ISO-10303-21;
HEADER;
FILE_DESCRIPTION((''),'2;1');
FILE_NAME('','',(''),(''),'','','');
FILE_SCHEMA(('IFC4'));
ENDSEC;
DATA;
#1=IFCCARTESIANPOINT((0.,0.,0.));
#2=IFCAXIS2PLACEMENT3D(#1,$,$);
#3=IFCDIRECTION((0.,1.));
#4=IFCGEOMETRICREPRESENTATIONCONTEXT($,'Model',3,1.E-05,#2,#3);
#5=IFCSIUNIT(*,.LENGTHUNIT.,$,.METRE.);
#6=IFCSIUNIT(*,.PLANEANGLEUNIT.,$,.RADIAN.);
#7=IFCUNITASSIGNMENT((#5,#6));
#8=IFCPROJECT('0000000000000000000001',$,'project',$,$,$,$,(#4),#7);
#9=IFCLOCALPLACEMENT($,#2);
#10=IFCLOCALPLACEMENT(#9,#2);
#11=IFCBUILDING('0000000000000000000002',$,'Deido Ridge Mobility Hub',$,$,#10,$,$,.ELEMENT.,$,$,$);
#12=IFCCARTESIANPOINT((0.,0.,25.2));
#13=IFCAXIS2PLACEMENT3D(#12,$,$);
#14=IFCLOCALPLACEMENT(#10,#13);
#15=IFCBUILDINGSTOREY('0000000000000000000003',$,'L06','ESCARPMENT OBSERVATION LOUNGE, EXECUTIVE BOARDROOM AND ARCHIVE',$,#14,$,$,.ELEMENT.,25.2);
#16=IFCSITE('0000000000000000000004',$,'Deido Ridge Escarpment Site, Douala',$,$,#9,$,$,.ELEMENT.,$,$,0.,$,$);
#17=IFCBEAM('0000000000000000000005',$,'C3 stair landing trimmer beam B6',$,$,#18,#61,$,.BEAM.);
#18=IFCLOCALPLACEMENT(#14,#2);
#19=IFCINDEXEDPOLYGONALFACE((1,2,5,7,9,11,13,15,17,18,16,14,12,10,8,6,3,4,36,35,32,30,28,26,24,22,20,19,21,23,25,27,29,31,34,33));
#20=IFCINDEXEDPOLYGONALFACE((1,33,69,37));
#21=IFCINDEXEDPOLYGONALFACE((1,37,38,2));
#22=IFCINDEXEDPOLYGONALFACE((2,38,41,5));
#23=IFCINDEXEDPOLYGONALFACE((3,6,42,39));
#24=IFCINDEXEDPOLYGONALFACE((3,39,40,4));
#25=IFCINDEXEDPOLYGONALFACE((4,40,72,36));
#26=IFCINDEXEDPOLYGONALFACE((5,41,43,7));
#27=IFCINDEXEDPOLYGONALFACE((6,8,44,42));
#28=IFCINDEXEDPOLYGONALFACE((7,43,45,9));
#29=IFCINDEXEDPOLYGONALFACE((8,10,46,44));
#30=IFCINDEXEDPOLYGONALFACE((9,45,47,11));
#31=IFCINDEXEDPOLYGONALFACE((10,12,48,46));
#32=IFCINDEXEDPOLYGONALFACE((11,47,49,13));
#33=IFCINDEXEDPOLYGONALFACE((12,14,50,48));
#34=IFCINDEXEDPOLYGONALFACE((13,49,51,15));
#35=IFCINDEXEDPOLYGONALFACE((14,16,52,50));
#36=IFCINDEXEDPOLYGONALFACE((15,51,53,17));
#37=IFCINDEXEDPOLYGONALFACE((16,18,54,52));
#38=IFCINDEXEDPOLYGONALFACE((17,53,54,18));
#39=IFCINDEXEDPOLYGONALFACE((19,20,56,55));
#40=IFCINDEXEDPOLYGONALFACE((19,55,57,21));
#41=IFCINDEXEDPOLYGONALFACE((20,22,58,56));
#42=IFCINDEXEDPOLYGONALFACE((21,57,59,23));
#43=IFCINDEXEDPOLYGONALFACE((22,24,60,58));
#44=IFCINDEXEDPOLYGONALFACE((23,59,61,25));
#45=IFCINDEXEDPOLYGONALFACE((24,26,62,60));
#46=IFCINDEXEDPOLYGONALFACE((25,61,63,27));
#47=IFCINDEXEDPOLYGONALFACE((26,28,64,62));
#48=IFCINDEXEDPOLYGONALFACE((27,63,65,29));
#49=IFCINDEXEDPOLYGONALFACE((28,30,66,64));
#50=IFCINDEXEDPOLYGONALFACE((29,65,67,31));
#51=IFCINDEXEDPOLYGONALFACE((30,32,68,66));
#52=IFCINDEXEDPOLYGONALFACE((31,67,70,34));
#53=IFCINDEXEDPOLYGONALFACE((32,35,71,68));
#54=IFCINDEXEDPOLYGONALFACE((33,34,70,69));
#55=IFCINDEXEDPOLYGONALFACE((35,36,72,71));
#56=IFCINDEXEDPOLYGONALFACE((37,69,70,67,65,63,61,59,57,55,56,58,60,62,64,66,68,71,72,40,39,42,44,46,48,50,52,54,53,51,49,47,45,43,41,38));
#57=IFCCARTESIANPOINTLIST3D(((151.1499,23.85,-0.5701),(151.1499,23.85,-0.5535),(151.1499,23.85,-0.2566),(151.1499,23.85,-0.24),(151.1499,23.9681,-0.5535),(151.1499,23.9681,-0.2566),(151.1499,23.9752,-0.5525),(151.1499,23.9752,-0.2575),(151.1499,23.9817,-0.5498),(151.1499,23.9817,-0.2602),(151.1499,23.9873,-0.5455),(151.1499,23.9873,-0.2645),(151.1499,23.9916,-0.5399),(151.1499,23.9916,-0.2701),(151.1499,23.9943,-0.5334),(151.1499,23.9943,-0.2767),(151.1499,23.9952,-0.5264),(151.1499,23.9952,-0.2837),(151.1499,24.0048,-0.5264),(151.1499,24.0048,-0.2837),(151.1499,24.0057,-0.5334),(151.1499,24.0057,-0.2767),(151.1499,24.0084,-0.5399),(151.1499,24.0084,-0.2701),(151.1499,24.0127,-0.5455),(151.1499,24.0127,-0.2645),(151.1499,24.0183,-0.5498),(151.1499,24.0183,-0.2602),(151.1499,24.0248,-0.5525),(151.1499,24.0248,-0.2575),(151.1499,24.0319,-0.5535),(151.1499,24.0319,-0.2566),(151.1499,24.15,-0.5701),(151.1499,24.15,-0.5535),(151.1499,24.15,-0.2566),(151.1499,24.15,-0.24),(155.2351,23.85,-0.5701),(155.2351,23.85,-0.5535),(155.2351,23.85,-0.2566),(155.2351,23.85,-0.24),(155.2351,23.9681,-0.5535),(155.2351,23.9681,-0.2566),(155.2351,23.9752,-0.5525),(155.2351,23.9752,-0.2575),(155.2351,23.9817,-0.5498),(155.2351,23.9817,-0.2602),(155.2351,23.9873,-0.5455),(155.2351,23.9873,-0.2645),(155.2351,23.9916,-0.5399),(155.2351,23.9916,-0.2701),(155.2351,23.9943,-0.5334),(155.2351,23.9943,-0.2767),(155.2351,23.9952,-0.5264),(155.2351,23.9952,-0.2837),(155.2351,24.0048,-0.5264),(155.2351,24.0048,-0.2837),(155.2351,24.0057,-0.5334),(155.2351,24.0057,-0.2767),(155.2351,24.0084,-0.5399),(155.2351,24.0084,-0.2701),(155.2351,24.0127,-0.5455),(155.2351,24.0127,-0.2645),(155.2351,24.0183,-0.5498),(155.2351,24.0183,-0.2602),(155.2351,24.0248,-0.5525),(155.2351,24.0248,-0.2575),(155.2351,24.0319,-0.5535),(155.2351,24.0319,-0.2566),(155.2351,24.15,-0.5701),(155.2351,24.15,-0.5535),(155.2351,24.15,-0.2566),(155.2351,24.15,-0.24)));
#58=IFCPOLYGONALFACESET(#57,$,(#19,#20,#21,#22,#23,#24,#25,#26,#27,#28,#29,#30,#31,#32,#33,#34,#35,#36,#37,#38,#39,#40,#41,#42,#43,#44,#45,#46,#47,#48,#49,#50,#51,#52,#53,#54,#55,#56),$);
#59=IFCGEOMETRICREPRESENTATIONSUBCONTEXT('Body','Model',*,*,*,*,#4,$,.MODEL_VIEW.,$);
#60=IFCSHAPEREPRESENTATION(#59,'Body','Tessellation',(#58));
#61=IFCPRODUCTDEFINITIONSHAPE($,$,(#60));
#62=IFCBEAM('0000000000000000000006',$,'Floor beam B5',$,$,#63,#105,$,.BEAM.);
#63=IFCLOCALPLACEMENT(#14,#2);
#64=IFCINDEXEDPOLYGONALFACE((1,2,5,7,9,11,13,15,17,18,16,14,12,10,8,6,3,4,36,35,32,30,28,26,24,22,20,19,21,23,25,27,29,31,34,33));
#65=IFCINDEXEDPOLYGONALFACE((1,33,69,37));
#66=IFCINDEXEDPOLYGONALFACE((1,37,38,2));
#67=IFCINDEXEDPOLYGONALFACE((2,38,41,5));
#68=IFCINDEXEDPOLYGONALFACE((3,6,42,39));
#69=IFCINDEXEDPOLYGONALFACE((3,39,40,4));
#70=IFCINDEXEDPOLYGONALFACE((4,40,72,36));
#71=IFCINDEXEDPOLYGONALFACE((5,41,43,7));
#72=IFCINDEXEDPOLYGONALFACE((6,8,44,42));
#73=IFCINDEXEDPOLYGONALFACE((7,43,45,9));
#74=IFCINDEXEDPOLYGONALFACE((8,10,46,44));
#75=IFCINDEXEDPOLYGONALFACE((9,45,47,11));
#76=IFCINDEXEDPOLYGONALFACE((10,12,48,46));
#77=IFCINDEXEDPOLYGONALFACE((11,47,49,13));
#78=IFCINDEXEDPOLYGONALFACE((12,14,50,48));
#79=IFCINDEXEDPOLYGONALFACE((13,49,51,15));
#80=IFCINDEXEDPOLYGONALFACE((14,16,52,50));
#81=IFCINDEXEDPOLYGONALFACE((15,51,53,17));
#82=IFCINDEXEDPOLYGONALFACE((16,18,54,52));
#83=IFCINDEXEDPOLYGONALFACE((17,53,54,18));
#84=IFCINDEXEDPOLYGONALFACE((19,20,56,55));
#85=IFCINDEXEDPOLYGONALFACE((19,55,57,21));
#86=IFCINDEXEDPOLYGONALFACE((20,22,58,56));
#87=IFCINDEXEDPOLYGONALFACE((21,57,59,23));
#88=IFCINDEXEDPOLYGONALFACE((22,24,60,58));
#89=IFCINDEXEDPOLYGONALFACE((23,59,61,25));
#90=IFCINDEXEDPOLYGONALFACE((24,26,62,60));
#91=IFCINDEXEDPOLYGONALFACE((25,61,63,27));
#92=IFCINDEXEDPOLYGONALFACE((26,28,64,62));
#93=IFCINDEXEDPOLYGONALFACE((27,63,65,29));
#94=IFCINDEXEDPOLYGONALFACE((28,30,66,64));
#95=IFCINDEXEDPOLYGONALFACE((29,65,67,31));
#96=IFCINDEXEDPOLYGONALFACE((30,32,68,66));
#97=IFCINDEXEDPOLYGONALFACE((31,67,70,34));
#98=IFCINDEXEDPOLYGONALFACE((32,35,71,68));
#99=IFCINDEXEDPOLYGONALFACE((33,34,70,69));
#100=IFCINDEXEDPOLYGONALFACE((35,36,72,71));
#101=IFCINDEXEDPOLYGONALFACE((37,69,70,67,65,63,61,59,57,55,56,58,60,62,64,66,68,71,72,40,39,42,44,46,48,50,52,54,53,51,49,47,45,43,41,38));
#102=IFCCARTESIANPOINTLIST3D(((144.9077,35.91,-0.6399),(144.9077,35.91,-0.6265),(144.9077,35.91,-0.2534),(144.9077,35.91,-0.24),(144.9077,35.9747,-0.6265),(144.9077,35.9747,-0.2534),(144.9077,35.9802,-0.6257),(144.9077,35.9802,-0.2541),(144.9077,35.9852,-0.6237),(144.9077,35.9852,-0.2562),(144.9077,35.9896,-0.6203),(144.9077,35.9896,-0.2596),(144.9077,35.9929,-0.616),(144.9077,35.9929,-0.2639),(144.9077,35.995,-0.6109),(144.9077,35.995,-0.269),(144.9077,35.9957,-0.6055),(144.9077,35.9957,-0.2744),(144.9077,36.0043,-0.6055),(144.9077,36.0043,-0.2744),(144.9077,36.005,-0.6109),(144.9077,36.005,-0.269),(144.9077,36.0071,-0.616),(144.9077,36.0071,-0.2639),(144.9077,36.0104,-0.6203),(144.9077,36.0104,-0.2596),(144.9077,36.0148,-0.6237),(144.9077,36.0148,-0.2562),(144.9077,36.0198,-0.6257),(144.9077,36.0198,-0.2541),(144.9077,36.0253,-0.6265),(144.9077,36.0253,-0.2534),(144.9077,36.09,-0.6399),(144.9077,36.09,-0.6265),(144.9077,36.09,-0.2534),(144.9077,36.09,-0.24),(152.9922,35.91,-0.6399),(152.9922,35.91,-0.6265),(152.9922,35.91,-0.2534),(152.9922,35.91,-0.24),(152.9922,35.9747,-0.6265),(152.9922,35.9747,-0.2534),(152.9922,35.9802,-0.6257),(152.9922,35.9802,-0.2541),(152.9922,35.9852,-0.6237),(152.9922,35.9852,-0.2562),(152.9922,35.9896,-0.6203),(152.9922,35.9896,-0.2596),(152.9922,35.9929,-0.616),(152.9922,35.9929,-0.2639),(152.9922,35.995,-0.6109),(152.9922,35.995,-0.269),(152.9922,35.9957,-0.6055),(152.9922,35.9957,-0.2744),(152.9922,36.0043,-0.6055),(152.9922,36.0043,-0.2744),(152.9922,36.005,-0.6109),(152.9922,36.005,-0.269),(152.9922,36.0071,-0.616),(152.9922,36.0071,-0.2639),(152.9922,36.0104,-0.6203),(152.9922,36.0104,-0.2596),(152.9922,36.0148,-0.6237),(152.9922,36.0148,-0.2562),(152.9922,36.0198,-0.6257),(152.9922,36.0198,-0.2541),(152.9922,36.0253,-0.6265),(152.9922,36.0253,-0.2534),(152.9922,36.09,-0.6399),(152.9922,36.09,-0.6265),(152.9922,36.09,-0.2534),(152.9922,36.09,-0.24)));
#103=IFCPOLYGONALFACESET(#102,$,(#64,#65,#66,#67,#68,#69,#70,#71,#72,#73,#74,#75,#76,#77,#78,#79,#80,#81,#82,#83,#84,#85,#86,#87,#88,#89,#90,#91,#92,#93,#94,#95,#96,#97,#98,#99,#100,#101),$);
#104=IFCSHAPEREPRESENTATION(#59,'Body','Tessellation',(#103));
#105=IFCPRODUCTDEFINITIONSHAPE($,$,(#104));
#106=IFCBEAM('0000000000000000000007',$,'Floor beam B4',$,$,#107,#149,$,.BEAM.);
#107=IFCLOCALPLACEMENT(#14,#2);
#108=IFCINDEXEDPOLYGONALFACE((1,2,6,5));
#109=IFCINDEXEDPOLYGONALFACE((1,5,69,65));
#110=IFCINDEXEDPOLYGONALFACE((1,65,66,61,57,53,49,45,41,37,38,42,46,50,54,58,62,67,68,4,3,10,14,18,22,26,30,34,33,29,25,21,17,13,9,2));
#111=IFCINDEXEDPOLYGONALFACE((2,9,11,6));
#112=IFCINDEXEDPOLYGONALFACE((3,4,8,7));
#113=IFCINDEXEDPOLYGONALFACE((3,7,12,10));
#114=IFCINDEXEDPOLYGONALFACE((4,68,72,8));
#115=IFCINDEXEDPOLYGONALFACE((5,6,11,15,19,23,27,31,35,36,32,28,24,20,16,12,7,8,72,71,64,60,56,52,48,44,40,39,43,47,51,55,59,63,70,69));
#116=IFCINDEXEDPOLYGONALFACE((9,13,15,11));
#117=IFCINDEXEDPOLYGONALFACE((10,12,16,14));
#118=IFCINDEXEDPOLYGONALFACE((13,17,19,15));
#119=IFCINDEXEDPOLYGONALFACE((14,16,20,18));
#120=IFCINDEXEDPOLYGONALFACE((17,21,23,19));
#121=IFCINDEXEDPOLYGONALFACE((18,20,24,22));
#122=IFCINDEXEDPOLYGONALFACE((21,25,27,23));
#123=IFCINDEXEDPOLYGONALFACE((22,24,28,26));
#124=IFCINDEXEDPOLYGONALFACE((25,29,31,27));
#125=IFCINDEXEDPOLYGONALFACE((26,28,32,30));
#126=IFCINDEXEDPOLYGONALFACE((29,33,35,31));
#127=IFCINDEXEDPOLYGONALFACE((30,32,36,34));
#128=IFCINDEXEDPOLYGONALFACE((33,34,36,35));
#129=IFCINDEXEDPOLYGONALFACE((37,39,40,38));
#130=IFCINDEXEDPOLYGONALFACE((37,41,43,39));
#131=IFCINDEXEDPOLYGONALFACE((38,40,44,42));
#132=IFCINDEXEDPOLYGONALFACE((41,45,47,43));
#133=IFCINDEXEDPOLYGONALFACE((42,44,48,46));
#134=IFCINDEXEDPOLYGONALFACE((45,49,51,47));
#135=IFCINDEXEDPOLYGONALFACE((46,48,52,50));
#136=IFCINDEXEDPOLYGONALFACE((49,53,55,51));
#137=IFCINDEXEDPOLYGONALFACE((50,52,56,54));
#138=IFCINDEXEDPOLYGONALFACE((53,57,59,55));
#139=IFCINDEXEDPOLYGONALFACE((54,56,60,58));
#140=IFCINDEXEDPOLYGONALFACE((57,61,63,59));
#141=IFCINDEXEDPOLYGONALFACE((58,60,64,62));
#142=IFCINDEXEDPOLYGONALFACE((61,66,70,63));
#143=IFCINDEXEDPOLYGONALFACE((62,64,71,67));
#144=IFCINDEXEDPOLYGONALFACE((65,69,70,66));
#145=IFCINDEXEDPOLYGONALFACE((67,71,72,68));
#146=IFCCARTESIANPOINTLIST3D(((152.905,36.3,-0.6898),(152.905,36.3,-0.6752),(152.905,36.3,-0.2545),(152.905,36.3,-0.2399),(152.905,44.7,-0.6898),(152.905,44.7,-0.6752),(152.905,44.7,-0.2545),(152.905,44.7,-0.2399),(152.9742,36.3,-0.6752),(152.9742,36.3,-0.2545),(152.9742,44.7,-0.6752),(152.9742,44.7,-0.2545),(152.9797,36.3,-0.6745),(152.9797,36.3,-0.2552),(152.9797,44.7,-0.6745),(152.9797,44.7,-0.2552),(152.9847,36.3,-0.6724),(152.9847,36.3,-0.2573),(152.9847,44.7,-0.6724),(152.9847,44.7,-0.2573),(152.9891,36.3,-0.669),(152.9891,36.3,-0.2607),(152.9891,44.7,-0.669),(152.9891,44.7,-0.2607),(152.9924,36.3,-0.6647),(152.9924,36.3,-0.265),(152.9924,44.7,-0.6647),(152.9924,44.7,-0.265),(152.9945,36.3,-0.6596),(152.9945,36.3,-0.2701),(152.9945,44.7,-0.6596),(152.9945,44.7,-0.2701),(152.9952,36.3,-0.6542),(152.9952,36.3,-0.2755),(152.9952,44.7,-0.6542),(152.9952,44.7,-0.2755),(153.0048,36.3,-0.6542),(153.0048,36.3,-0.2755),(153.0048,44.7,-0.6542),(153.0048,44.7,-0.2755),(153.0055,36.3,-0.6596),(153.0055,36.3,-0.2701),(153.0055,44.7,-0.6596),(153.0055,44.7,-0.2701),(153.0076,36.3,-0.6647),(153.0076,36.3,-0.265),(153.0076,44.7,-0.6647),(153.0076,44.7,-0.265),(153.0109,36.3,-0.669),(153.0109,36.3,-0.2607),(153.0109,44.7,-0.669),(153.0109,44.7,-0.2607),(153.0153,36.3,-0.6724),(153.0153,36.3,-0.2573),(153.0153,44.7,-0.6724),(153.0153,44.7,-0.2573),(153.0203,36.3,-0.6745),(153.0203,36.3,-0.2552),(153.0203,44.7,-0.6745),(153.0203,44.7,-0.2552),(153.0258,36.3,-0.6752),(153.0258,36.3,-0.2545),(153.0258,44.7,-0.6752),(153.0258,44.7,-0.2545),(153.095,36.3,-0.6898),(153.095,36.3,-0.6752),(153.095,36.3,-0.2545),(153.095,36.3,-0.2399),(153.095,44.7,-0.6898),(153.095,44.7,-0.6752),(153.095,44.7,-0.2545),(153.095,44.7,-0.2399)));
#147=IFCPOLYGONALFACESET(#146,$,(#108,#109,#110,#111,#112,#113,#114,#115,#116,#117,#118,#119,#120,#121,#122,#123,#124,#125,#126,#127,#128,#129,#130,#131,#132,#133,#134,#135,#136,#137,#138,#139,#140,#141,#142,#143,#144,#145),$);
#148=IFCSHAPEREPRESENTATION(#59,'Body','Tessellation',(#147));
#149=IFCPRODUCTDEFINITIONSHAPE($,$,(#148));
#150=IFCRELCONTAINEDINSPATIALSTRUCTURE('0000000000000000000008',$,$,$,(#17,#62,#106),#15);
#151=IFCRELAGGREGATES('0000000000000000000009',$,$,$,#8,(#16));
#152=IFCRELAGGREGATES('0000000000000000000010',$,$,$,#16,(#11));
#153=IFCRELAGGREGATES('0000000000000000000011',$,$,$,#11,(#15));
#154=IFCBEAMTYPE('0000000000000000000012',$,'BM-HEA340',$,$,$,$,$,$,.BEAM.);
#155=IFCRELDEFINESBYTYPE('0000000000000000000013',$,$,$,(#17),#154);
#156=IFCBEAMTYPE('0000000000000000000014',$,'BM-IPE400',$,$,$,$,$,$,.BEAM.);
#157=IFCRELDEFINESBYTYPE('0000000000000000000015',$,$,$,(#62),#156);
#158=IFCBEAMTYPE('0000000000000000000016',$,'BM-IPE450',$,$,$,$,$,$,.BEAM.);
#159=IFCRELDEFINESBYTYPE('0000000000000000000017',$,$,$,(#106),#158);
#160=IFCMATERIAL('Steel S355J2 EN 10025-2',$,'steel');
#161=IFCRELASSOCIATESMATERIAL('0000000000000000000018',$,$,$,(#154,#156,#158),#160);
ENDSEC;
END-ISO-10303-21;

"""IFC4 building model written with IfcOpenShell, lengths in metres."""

from ifc_helpers import new_model, si_unit, direction, frame, origin, origin_2d, place, context, subcontext, project, spatial, i_section, extrude, material, material_profile, profile_set, type_object, element, save


model = new_model("IFC4")

# Units and contexts
model_context = context("Model", 3, precision=1e-05, world=origin(), true_north=direction((0.0, 1.0)))
body_context = subcontext(model_context, "Body", "Model", "MODEL_VIEW")
ifc_project = project(units=[si_unit("LENGTHUNIT", "METRE"), si_unit("PLANEANGLEUNIT", "RADIAN")], contexts=[model_context])

# Site, building, storey
site_placement = place(None, origin())
site = spatial("IfcSite", under=ifc_project, at=site_placement, Name="Deido Ridge Escarpment Site, Douala", CompositionType="ELEMENT", RefElevation=0.0)
building_placement = place(site_placement, origin())
building = spatial("IfcBuilding", under=site, at=building_placement, Name="Deido Ridge Mobility Hub", CompositionType="ELEMENT")
storey_placement = place(building_placement, frame((0.0, 0.0, 25.2)))
storey = spatial("IfcBuildingStorey", under=building, at=storey_placement, Name="L06", Description="ESCARPMENT OBSERVATION LOUNGE, EXECUTIVE BOARDROOM AND ARCHIVE", CompositionType="ELEMENT", Elevation=25.2)

# Shared definitions
ifc_material_1 = material(Name="Steel S355J2 EN 10025-2", Category="steel")

# Beams
ifc_material_profile_1 = material_profile(ifc_material_1, i_section(OverallWidth=0.3, OverallDepth=0.3301, WebThickness=0.0095, FlangeThickness=0.0166, FilletRadius=0.0271, at=origin_2d()), Name="HEA 340")
ifc_profile_set_1 = profile_set([ifc_material_profile_1], Name="Steel S355J2 EN 10025-2")
beam_type_1 = type_object("IfcBeamType", Name="BM-HEA340", PredefinedType="BEAM", material=ifc_profile_set_1)
beam_1_placement = place(storey_placement, frame((151.1499, 24.0, -0.405), z_axis=(1.0, 0.0, 0.0), x_axis=(0.0, 1.0, 0.0)))
element("IfcBeam", 1, at=beam_1_placement, inside=storey, type_object=beam_type_1, Name="C3 stair landing trimmer beam B6", PredefinedType="BEAM", context=body_context, shape_type="SweptSolid", body=[
    extrude(i_section(OverallWidth=0.3, OverallDepth=0.3301, WebThickness=0.0095, FlangeThickness=0.0166, FilletRadius=0.0271, at=origin_2d()), origin(), (0.0, 0.0, 1.0), 4.0852),
])
ifc_material_profile_2 = material_profile(ifc_material_1, i_section(OverallWidth=0.1799, OverallDepth=0.3999, WebThickness=0.0085, FlangeThickness=0.0134, FilletRadius=0.021, at=origin_2d()), Name="IPE 400")
ifc_profile_set_2 = profile_set([ifc_material_profile_2], Name="Steel S355J2 EN 10025-2")
beam_type_2 = type_object("IfcBeamType", Name="BM-IPE400", PredefinedType="BEAM", material=ifc_profile_set_2)
beam_2_placement = place(storey_placement, frame((144.9077, 36.0, -0.4399), z_axis=(1.0, 0.0, 0.0), x_axis=(0.0, 1.0, 0.0)))
element("IfcBeam", 2, at=beam_2_placement, inside=storey, type_object=beam_type_2, Name="Floor beam B5", PredefinedType="BEAM", context=body_context, shape_type="SweptSolid", body=[
    extrude(i_section(OverallWidth=0.1799, OverallDepth=0.3999, WebThickness=0.0085, FlangeThickness=0.0134, FilletRadius=0.021, at=origin_2d()), origin(), (0.0, 0.0, 1.0), 8.0845),
])
ifc_material_profile_3 = material_profile(ifc_material_1, i_section(OverallWidth=0.1899, OverallDepth=0.45, WebThickness=0.0095, FlangeThickness=0.0146, FilletRadius=0.021, at=origin_2d()), Name="IPE 450")
ifc_profile_set_3 = profile_set([ifc_material_profile_3], Name="Steel S355J2 EN 10025-2")
beam_type_3 = type_object("IfcBeamType", Name="BM-IPE450", PredefinedType="BEAM", material=ifc_profile_set_3)
beam_3_placement = place(storey_placement, frame((153.0, 36.3, -0.4648), z_axis=(0.0, 1.0, 0.0), x_axis=(-1.0, 0.0, 0.0)))
element("IfcBeam", 3, at=beam_3_placement, inside=storey, type_object=beam_type_3, Name="Floor beam B4", PredefinedType="BEAM", context=body_context, shape_type="SweptSolid", body=[
    extrude(i_section(OverallWidth=0.1899, OverallDepth=0.45, WebThickness=0.0095, FlangeThickness=0.0146, FilletRadius=0.021, at=origin_2d()), origin(), (0.0, 0.0, 1.0), 8.3999),
])

save(model, "model.ifc")
